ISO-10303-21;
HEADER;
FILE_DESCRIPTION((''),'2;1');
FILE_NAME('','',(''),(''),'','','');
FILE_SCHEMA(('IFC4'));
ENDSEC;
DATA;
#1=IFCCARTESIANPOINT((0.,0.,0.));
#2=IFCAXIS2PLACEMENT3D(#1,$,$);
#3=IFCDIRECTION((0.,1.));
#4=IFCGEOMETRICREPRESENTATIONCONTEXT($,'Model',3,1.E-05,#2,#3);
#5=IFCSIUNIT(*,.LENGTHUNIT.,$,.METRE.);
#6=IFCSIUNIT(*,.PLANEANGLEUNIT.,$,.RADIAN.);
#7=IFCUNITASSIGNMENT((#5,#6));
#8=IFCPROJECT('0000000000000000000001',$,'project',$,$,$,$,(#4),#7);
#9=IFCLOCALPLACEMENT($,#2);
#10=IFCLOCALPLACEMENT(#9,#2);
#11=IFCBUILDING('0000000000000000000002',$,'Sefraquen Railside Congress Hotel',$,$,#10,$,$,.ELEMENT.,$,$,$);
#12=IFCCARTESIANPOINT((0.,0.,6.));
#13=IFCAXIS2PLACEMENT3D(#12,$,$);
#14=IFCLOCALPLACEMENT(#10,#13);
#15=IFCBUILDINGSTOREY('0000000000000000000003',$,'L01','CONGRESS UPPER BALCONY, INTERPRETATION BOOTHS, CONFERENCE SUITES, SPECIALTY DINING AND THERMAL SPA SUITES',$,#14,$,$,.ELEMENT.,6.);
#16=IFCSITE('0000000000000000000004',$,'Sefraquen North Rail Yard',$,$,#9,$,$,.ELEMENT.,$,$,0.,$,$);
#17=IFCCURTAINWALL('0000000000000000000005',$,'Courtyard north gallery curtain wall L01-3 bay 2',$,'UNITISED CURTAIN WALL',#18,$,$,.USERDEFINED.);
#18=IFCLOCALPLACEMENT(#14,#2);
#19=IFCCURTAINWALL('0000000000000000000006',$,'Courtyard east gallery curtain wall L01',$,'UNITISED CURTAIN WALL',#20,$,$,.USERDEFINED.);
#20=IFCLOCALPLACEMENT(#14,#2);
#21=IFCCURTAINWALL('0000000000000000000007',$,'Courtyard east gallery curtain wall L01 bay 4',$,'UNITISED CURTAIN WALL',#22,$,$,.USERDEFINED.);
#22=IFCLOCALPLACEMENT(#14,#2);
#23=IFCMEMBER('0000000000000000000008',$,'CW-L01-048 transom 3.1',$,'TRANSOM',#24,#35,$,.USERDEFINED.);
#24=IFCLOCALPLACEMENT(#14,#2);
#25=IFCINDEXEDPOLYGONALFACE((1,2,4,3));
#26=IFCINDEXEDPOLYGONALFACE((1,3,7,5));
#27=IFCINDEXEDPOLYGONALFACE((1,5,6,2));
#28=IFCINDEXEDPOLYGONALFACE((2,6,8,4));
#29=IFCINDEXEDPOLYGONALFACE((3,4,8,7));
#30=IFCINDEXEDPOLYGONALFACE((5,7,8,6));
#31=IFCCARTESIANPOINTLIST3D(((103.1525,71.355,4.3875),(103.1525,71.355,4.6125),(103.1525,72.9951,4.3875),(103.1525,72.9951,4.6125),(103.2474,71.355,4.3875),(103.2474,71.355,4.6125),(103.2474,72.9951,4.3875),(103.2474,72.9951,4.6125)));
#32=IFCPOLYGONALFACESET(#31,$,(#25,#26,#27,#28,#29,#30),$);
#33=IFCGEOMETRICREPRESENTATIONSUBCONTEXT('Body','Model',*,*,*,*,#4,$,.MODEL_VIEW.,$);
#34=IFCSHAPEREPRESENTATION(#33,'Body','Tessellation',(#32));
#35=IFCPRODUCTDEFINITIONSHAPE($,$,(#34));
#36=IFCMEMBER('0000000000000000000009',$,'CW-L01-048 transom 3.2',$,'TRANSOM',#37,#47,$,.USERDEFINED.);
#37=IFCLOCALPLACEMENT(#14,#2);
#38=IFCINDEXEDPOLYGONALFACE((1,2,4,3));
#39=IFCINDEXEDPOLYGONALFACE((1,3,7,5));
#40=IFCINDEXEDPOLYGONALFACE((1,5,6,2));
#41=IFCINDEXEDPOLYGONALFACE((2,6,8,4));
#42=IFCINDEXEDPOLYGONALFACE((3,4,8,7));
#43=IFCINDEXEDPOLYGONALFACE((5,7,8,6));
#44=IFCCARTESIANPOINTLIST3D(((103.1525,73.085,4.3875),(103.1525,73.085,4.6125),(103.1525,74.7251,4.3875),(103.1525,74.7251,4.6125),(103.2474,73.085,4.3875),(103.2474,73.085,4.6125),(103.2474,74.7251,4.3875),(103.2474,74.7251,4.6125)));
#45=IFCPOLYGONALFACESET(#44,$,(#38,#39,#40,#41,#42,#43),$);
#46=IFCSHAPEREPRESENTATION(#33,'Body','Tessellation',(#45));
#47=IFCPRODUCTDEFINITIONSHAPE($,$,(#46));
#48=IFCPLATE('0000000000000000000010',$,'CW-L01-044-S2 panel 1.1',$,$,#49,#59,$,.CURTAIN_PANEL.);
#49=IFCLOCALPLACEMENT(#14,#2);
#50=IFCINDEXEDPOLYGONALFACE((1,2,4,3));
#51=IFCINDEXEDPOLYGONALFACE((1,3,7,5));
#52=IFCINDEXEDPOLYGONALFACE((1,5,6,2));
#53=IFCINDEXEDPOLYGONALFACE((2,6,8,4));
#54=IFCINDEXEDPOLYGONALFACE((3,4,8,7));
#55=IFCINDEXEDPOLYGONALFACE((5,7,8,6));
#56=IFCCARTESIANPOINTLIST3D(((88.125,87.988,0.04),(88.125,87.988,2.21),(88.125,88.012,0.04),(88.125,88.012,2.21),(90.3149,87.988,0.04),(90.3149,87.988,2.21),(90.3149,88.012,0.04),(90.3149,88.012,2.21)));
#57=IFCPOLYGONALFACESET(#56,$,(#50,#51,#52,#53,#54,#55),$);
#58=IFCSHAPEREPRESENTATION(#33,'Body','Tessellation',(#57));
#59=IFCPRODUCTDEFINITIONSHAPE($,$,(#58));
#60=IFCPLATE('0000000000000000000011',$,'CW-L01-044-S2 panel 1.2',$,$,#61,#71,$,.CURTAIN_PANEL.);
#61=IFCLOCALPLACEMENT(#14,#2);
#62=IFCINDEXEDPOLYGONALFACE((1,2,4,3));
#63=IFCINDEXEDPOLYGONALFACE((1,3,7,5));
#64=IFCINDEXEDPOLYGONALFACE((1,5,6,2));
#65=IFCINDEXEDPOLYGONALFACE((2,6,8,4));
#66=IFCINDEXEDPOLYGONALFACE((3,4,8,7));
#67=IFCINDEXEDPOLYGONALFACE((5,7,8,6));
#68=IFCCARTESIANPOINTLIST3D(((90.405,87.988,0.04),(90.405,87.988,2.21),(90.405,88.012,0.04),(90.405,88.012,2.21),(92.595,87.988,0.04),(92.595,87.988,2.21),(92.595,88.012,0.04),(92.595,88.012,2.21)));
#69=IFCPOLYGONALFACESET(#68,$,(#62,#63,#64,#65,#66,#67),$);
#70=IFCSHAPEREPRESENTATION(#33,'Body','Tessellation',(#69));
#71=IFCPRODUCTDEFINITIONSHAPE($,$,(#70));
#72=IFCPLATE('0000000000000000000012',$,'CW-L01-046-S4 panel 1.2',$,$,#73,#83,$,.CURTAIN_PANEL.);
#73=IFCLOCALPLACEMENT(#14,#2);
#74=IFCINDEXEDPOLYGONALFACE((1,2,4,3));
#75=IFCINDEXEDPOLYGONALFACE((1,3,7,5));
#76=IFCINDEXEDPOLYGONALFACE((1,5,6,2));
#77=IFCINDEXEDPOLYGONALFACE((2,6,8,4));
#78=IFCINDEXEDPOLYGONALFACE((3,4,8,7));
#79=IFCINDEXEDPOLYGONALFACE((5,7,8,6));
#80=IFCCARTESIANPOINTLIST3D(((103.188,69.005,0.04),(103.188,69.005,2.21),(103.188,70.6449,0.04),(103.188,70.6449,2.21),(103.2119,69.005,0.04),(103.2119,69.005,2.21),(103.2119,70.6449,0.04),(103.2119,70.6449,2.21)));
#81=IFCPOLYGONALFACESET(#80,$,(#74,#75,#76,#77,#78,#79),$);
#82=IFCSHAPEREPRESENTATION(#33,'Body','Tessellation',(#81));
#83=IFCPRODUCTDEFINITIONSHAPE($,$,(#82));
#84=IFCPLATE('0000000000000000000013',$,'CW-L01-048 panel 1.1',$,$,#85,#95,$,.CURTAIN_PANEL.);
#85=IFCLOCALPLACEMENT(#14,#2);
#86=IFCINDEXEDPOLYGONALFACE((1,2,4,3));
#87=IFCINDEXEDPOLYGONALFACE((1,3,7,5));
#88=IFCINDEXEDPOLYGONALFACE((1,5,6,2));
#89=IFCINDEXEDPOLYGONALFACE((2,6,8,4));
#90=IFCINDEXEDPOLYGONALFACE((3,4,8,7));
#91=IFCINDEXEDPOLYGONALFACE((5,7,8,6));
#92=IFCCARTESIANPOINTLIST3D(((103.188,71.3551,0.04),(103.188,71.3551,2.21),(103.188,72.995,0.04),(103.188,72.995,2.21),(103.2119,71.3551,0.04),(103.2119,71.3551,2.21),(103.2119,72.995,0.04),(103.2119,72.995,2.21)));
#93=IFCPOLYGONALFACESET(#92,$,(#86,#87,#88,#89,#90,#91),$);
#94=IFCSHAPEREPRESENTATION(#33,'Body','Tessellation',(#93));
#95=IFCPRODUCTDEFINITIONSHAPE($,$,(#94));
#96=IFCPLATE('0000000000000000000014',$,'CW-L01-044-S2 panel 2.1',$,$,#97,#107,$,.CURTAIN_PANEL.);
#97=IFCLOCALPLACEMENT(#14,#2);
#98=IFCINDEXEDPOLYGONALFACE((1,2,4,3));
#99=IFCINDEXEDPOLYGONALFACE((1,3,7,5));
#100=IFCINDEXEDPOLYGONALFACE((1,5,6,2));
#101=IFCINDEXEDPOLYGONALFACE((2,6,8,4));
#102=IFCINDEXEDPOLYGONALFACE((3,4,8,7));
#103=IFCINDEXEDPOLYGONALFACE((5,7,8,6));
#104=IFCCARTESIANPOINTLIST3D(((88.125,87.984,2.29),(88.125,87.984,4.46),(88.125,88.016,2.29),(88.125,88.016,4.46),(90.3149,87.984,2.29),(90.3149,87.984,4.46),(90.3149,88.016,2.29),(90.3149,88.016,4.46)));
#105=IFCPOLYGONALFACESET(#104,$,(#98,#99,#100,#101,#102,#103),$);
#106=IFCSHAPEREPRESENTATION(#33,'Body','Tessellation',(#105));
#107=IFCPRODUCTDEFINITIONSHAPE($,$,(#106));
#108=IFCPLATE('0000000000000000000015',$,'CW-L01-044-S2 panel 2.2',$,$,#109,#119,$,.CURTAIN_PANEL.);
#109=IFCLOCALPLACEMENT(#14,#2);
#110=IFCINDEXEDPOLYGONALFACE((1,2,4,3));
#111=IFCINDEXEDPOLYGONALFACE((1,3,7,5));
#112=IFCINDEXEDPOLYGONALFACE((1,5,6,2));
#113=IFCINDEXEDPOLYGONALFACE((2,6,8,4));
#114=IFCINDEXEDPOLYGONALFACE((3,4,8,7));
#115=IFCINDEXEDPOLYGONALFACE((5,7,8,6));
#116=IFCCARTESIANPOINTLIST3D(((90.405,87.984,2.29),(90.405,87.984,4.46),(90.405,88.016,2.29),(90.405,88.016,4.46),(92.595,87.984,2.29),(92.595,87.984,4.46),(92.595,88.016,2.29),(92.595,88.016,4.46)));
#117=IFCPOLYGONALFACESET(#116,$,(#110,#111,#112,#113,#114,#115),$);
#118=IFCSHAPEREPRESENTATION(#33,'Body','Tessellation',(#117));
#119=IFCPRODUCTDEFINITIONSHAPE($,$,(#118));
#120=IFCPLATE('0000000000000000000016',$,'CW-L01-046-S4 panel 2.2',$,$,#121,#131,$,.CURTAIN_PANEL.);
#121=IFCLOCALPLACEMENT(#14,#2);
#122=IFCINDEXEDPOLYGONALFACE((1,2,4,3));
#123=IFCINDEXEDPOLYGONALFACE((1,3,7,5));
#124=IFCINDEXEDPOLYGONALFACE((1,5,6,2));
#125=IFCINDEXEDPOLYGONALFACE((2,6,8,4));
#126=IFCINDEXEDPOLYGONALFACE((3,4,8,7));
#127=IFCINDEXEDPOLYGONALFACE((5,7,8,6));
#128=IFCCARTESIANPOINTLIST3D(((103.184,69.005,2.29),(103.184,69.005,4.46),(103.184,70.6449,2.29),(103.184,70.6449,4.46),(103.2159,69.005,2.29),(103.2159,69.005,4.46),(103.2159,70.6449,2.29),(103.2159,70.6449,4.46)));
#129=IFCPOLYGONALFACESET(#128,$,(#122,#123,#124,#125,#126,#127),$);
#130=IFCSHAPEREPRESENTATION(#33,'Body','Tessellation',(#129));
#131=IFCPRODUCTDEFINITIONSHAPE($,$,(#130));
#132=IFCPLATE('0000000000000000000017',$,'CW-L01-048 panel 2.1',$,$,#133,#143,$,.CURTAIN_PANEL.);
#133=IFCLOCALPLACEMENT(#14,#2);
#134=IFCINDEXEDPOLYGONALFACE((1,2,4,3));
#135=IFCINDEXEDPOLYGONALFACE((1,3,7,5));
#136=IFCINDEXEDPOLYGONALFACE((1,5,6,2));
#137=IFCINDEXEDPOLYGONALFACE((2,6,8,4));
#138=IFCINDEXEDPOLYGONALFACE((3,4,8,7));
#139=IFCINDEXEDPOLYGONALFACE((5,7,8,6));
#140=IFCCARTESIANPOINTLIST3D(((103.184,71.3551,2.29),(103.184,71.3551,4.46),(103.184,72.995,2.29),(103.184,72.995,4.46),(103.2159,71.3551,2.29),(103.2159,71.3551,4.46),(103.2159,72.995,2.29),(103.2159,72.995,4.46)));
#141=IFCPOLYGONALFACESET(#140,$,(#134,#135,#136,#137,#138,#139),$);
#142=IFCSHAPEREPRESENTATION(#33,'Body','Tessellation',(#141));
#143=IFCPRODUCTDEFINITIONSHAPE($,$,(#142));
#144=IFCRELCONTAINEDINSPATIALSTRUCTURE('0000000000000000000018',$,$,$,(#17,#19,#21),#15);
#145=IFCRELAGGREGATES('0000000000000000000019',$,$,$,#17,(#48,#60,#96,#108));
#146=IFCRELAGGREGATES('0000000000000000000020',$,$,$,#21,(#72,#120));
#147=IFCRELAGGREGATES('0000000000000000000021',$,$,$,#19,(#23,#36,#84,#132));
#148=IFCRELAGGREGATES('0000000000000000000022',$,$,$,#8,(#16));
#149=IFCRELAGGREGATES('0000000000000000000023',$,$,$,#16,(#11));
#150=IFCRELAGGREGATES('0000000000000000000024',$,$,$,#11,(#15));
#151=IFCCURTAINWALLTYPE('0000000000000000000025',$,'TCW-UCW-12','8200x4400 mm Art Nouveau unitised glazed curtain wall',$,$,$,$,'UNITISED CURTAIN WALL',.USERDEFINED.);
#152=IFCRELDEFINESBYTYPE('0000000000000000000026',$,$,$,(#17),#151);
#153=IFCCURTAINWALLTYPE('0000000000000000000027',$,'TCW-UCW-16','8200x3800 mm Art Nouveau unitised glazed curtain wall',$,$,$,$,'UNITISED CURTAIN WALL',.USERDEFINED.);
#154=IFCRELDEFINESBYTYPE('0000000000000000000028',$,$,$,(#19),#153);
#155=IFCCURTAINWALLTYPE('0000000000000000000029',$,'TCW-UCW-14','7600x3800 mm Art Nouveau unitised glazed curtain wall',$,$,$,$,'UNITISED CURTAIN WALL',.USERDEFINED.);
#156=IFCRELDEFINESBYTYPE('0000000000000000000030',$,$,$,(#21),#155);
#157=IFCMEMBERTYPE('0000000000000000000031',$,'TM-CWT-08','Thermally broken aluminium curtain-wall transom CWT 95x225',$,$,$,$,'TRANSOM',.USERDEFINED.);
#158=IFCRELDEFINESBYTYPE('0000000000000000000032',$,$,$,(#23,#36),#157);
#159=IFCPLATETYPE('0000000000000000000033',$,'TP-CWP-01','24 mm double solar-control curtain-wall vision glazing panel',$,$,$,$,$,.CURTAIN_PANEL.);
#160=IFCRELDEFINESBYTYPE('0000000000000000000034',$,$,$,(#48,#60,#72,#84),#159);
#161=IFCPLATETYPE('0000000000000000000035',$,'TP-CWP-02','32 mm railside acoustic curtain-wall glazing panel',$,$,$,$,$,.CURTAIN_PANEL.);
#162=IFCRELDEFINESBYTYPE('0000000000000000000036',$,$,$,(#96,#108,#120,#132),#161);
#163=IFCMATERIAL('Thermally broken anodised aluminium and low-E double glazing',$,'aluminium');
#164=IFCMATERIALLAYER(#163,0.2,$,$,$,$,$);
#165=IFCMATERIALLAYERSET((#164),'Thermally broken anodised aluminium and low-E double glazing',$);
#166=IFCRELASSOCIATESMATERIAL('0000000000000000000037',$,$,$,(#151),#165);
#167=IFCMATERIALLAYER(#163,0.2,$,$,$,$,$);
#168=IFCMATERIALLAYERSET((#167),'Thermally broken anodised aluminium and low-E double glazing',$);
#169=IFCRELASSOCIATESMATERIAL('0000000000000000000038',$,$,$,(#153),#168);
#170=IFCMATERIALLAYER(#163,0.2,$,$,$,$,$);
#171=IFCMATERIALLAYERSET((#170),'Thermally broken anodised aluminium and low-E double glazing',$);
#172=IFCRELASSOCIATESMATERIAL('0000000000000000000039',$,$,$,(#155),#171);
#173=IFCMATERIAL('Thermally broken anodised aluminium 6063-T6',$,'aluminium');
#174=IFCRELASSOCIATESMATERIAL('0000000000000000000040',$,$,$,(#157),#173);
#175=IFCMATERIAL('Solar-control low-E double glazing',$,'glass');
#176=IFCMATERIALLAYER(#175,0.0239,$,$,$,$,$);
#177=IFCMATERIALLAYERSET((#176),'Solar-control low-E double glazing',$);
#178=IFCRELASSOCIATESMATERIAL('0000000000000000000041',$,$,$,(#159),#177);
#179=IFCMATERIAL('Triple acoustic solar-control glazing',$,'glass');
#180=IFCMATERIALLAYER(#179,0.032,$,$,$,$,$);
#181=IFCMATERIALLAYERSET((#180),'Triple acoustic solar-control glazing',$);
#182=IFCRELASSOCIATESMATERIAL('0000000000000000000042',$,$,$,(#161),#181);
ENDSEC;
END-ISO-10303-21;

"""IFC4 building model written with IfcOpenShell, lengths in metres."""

from ifc_helpers import new_model, si_unit, direction, frame, origin, origin_2d, place, context, subcontext, project, spatial, rectangle, extrude, material, layer, layer_set, material_profile, profile_set, type_object, element, aggregate, save


model = new_model("IFC4")

# Units and contexts
model_context = context("Model", 3, precision=1e-05, world=origin(), true_north=direction((0.0, 1.0)))
body_context = subcontext(model_context, "Body", "Model", "MODEL_VIEW")
ifc_project = project(units=[si_unit("LENGTHUNIT", "METRE"), si_unit("PLANEANGLEUNIT", "RADIAN")], contexts=[model_context])

# Site, building, storey
site_placement = place(None, origin())
site = spatial("IfcSite", under=ifc_project, at=site_placement, Name="Sefraquen North Rail Yard", CompositionType="ELEMENT", RefElevation=0.0)
building_placement = place(site_placement, origin())
building = spatial("IfcBuilding", under=site, at=building_placement, Name="Sefraquen Railside Congress Hotel", CompositionType="ELEMENT")
storey_placement = place(building_placement, frame((0.0, 0.0, 6.0)))
storey = spatial("IfcBuildingStorey", under=building, at=storey_placement, Name="L01", Description="CONGRESS UPPER BALCONY, INTERPRETATION BOOTHS, CONFERENCE SUITES, SPECIALTY DINING AND THERMAL SPA SUITES", CompositionType="ELEMENT", Elevation=6.0)

# Curtain wall
ifc_material_1 = material(Name="Thermally broken anodised aluminium and low-E double glazing", Category="aluminium")
ifc_layer_1 = layer(ifc_material_1, 0.2)
ifc_layer_set_1 = layer_set([ifc_layer_1], Name="Thermally broken anodised aluminium and low-E double glazing")
curtain_wall_type_1 = type_object("IfcCurtainWallType", Name="TCW-UCW-12", Description="8200x4400 mm Art Nouveau unitised glazed curtain wall", ElementType="UNITISED CURTAIN WALL", PredefinedType="USERDEFINED", material=ifc_layer_set_1)
curtain_wall_1_placement = place(storey_placement, origin())
curtain_wall_1 = element("IfcCurtainWall", 1, at=curtain_wall_1_placement, inside=storey, type_object=curtain_wall_type_1, Name="Courtyard north gallery curtain wall L01-3 bay 2", ObjectType="UNITISED CURTAIN WALL", PredefinedType="USERDEFINED")
ifc_material_2 = material(Name="Thermally broken anodised aluminium 6063-T6", Category="aluminium")

# Curtain walls
ifc_layer_2 = layer(ifc_material_1, 0.2)
ifc_layer_set_2 = layer_set([ifc_layer_2], Name="Thermally broken anodised aluminium and low-E double glazing")
curtain_wall_type_2 = type_object("IfcCurtainWallType", Name="TCW-UCW-16", Description="8200x3800 mm Art Nouveau unitised glazed curtain wall", ElementType="UNITISED CURTAIN WALL", PredefinedType="USERDEFINED", material=ifc_layer_set_2)
curtain_wall_2_placement = place(storey_placement, origin())
curtain_wall_2 = element("IfcCurtainWall", 2, at=curtain_wall_2_placement, inside=storey, type_object=curtain_wall_type_2, Name="Courtyard east gallery curtain wall L01", ObjectType="UNITISED CURTAIN WALL", PredefinedType="USERDEFINED")
ifc_layer_3 = layer(ifc_material_1, 0.2)
ifc_layer_set_3 = layer_set([ifc_layer_3], Name="Thermally broken anodised aluminium and low-E double glazing")
curtain_wall_type_3 = type_object("IfcCurtainWallType", Name="TCW-UCW-14", Description="7600x3800 mm Art Nouveau unitised glazed curtain wall", ElementType="UNITISED CURTAIN WALL", PredefinedType="USERDEFINED", material=ifc_layer_set_3)
curtain_wall_3_placement = place(storey_placement, origin())
curtain_wall_3 = element("IfcCurtainWall", 3, at=curtain_wall_3_placement, inside=storey, type_object=curtain_wall_type_3, Name="Courtyard east gallery curtain wall L01 bay 4", ObjectType="UNITISED CURTAIN WALL", PredefinedType="USERDEFINED")

# Members
ifc_material_profile_1 = material_profile(ifc_material_2, rectangle(XDim=0.095, YDim=0.2251, at=origin_2d()), Name="CWT 95x225")
ifc_profile_set_1 = profile_set([ifc_material_profile_1], Name="Thermally broken anodised aluminium 6063-T6")
member_type_1 = type_object("IfcMemberType", Name="TM-CWT-08", Description="Thermally broken aluminium curtain-wall transom CWT 95x225", ElementType="TRANSOM", PredefinedType="USERDEFINED", material=ifc_profile_set_1)
member_1_placement = place(storey_placement, frame((103.2, 71.355, 4.5), z_axis=(0.0, 1.0, 0.0), x_axis=(-1.0, 0.0, 0.0)))
member_1 = element("IfcMember", 4, at=member_1_placement, type_object=member_type_1, Name="CW-L01-048 transom 3.1", ObjectType="TRANSOM", PredefinedType="USERDEFINED", context=body_context, shape_type="SweptSolid", body=[
    extrude(rectangle(XDim=0.095, YDim=0.2251, at=origin_2d()), origin(), (0.0, 0.0, 1.0), 1.6401),
])
member_2_placement = place(storey_placement, frame((103.2, 73.085, 4.5), z_axis=(0.0, 1.0, 0.0), x_axis=(-1.0, 0.0, 0.0)))
member_2 = element("IfcMember", 5, at=member_2_placement, type_object=member_type_1, Name="CW-L01-048 transom 3.2", ObjectType="TRANSOM", PredefinedType="USERDEFINED", context=body_context, shape_type="SweptSolid", body=[
    extrude(rectangle(XDim=0.095, YDim=0.2251, at=origin_2d()), origin(), (0.0, 0.0, 1.0), 1.6401),
])

# Plates
ifc_material_3 = material(Name="Solar-control low-E double glazing", Category="glass")
ifc_layer_4 = layer(ifc_material_3, 0.0239)
ifc_layer_set_4 = layer_set([ifc_layer_4], Name="Solar-control low-E double glazing")
plate_type_1 = type_object("IfcPlateType", Name="TP-CWP-01", Description="24 mm double solar-control curtain-wall vision glazing panel", PredefinedType="CURTAIN_PANEL", material=ifc_layer_set_4)
plate_1_placement = place(storey_placement, frame((89.22, 88.0, 0.04), z_axis=(0.0, 0.0, 1.0), x_axis=(1.0, 0.0, 0.0)))
plate_1 = element("IfcPlate", 6, at=plate_1_placement, type_object=plate_type_1, Name="CW-L01-044-S2 panel 1.1", PredefinedType="CURTAIN_PANEL", context=body_context, shape_type="SweptSolid", body=[
    extrude(rectangle(XDim=2.1899, YDim=0.0239, at=origin_2d()), origin(), (0.0, 0.0, 1.0), 2.1699),
])
plate_2_placement = place(storey_placement, frame((91.5, 88.0, 0.04), z_axis=(0.0, 0.0, 1.0), x_axis=(1.0, 0.0, 0.0)))
plate_2 = element("IfcPlate", 7, at=plate_2_placement, type_object=plate_type_1, Name="CW-L01-044-S2 panel 1.2", PredefinedType="CURTAIN_PANEL", context=body_context, shape_type="SweptSolid", body=[
    extrude(rectangle(XDim=2.1899, YDim=0.0239, at=origin_2d()), origin(), (0.0, 0.0, 1.0), 2.1699),
])
plate_3_placement = place(storey_placement, frame((103.2, 69.825, 0.04), z_axis=(0.0, 0.0, 1.0), x_axis=(0.0, 1.0, 0.0)))
plate_3 = element("IfcPlate", 8, at=plate_3_placement, type_object=plate_type_1, Name="CW-L01-046-S4 panel 1.2", PredefinedType="CURTAIN_PANEL", context=body_context, shape_type="SweptSolid", body=[
    extrude(rectangle(XDim=1.6399, YDim=0.0239, at=origin_2d()), origin(), (0.0, 0.0, 1.0), 2.1699),
])
plate_4_placement = place(storey_placement, frame((103.2, 72.175, 0.04), z_axis=(0.0, 0.0, 1.0), x_axis=(0.0, 1.0, 0.0)))
plate_4 = element("IfcPlate", 9, at=plate_4_placement, type_object=plate_type_1, Name="CW-L01-048 panel 1.1", PredefinedType="CURTAIN_PANEL", context=body_context, shape_type="SweptSolid", body=[
    extrude(rectangle(XDim=1.6399, YDim=0.0239, at=origin_2d()), origin(), (0.0, 0.0, 1.0), 2.1699),
])
ifc_material_4 = material(Name="Triple acoustic solar-control glazing", Category="glass")
ifc_layer_5 = layer(ifc_material_4, 0.032)
ifc_layer_set_5 = layer_set([ifc_layer_5], Name="Triple acoustic solar-control glazing")
plate_type_2 = type_object("IfcPlateType", Name="TP-CWP-02", Description="32 mm railside acoustic curtain-wall glazing panel", PredefinedType="CURTAIN_PANEL", material=ifc_layer_set_5)
plate_5_placement = place(storey_placement, frame((89.22, 88.0, 2.29), z_axis=(0.0, 0.0, 1.0), x_axis=(1.0, 0.0, 0.0)))
plate_5 = element("IfcPlate", 10, at=plate_5_placement, type_object=plate_type_2, Name="CW-L01-044-S2 panel 2.1", PredefinedType="CURTAIN_PANEL", context=body_context, shape_type="SweptSolid", body=[
    extrude(rectangle(XDim=2.1899, YDim=0.032, at=origin_2d()), origin(), (0.0, 0.0, 1.0), 2.1699),
])
plate_6_placement = place(storey_placement, frame((91.5, 88.0, 2.29), z_axis=(0.0, 0.0, 1.0), x_axis=(1.0, 0.0, 0.0)))
plate_6 = element("IfcPlate", 11, at=plate_6_placement, type_object=plate_type_2, Name="CW-L01-044-S2 panel 2.2", PredefinedType="CURTAIN_PANEL", context=body_context, shape_type="SweptSolid", body=[
    extrude(rectangle(XDim=2.1899, YDim=0.032, at=origin_2d()), origin(), (0.0, 0.0, 1.0), 2.1699),
])
aggregate(curtain_wall_1, [plate_1, plate_2, plate_5, plate_6])
plate_7_placement = place(storey_placement, frame((103.2, 69.825, 2.29), z_axis=(0.0, 0.0, 1.0), x_axis=(0.0, 1.0, 0.0)))
plate_7 = element("IfcPlate", 12, at=plate_7_placement, type_object=plate_type_2, Name="CW-L01-046-S4 panel 2.2", PredefinedType="CURTAIN_PANEL", context=body_context, shape_type="SweptSolid", body=[
    extrude(rectangle(XDim=1.6399, YDim=0.032, at=origin_2d()), origin(), (0.0, 0.0, 1.0), 2.1699),
])
aggregate(curtain_wall_3, [plate_3, plate_7])
plate_8_placement = place(storey_placement, frame((103.2, 72.175, 2.29), z_axis=(0.0, 0.0, 1.0), x_axis=(0.0, 1.0, 0.0)))
plate_8 = element("IfcPlate", 13, at=plate_8_placement, type_object=plate_type_2, Name="CW-L01-048 panel 2.1", PredefinedType="CURTAIN_PANEL", context=body_context, shape_type="SweptSolid", body=[
    extrude(rectangle(XDim=1.6399, YDim=0.032, at=origin_2d()), origin(), (0.0, 0.0, 1.0), 2.1699),
])
aggregate(curtain_wall_2, [member_1, member_2, plate_4, plate_8])

save(model, "model.ifc")
